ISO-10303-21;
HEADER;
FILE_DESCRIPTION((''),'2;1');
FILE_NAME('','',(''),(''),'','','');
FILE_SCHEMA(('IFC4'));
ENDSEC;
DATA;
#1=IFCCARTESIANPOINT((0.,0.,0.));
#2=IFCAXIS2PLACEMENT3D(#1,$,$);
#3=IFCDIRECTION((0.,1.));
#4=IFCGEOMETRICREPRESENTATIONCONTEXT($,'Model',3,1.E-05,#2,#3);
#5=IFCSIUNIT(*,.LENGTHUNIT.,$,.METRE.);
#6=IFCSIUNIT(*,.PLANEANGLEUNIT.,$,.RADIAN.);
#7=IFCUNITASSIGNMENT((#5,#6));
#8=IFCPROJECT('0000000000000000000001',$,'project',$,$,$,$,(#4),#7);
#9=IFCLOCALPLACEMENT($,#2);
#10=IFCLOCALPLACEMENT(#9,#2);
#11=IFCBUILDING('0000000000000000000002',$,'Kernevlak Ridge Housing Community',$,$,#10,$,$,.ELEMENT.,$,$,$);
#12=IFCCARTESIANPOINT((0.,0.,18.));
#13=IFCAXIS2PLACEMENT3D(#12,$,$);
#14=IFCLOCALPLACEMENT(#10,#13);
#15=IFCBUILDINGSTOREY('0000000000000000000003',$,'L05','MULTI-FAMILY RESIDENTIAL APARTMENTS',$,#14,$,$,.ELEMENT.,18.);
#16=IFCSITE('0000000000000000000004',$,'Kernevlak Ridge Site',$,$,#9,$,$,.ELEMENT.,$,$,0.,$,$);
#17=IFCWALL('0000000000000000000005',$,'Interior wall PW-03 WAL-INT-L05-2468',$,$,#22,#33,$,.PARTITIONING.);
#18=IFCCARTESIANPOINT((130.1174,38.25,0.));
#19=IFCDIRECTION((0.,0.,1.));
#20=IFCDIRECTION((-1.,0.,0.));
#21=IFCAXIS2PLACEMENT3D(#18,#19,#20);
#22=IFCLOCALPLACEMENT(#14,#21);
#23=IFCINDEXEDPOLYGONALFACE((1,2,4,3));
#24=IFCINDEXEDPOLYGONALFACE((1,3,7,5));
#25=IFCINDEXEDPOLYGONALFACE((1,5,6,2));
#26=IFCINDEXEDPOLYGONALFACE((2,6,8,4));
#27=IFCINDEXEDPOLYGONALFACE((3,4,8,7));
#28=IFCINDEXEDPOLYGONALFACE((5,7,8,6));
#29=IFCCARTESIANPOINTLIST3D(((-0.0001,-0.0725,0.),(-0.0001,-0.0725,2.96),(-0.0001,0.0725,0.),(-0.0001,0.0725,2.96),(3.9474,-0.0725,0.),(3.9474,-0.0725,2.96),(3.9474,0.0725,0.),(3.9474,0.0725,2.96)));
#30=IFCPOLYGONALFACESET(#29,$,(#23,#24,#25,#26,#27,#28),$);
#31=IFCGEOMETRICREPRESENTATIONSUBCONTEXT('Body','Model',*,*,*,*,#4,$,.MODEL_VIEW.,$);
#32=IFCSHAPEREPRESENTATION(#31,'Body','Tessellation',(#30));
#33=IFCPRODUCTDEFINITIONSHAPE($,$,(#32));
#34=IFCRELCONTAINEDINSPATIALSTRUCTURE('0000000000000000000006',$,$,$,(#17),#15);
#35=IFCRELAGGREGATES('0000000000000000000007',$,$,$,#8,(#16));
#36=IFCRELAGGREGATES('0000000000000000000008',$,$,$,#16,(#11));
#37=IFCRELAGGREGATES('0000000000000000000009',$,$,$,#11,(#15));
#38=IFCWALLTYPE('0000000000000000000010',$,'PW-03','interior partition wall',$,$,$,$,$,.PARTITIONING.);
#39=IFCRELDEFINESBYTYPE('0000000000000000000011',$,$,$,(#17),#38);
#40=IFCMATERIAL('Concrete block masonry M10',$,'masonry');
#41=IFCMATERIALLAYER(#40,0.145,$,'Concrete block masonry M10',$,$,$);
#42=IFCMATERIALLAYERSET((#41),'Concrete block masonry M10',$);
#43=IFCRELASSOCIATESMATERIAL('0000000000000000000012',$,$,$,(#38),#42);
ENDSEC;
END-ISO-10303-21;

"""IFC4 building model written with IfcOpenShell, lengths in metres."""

from ifc_helpers import new_model, si_unit, direction, frame, frame_2d, origin, place, context, subcontext, project, spatial, rectangle, extrude, material, layer, layer_set, type_object, element, save


model = new_model("IFC4")

# Units and contexts
model_context = context("Model", 3, precision=1e-05, world=origin(), true_north=direction((0.0, 1.0)))
body_context = subcontext(model_context, "Body", "Model", "MODEL_VIEW")
ifc_project = project(units=[si_unit("LENGTHUNIT", "METRE"), si_unit("PLANEANGLEUNIT", "RADIAN")], contexts=[model_context])

# Site, building, storey
site_placement = place(None, origin())
site = spatial("IfcSite", under=ifc_project, at=site_placement, Name="Kernevlak Ridge Site", CompositionType="ELEMENT", RefElevation=0.0)
building_placement = place(site_placement, origin())
building = spatial("IfcBuilding", under=site, at=building_placement, Name="Kernevlak Ridge Housing Community", CompositionType="ELEMENT")
storey_placement = place(building_placement, frame((0.0, 0.0, 18.0)))
storey = spatial("IfcBuildingStorey", under=building, at=storey_placement, Name="L05", Description="MULTI-FAMILY RESIDENTIAL APARTMENTS", CompositionType="ELEMENT", Elevation=18.0)

# Shared definitions
ifc_material_1 = material(Name="Concrete block masonry M10", Category="masonry")

# Wall
ifc_layer_1 = layer(ifc_material_1, 0.145, Name="Concrete block masonry M10")
ifc_layer_set_1 = layer_set([ifc_layer_1], Name="Concrete block masonry M10")
wall_type_1 = type_object("IfcWallType", Name="PW-03", Description="interior partition wall", PredefinedType="PARTITIONING", material=ifc_layer_set_1)
wall_1_placement = place(storey_placement, frame((130.1174, 38.25, 0.0), z_axis=(0.0, 0.0, 1.0), x_axis=(-1.0, 0.0, 0.0)))
element("IfcWall", 1, at=wall_1_placement, inside=storey, type_object=wall_type_1, Name="Interior wall PW-03 WAL-INT-L05-2468", PredefinedType="PARTITIONING", context=body_context, shape_type="SweptSolid", body=[
    extrude(rectangle(XDim=3.9475, YDim=0.145, at=frame_2d((1.9736, 0.0))), origin(), (0.0, 0.0, 1.0), 2.96),
])

save(model, "model.ifc")
